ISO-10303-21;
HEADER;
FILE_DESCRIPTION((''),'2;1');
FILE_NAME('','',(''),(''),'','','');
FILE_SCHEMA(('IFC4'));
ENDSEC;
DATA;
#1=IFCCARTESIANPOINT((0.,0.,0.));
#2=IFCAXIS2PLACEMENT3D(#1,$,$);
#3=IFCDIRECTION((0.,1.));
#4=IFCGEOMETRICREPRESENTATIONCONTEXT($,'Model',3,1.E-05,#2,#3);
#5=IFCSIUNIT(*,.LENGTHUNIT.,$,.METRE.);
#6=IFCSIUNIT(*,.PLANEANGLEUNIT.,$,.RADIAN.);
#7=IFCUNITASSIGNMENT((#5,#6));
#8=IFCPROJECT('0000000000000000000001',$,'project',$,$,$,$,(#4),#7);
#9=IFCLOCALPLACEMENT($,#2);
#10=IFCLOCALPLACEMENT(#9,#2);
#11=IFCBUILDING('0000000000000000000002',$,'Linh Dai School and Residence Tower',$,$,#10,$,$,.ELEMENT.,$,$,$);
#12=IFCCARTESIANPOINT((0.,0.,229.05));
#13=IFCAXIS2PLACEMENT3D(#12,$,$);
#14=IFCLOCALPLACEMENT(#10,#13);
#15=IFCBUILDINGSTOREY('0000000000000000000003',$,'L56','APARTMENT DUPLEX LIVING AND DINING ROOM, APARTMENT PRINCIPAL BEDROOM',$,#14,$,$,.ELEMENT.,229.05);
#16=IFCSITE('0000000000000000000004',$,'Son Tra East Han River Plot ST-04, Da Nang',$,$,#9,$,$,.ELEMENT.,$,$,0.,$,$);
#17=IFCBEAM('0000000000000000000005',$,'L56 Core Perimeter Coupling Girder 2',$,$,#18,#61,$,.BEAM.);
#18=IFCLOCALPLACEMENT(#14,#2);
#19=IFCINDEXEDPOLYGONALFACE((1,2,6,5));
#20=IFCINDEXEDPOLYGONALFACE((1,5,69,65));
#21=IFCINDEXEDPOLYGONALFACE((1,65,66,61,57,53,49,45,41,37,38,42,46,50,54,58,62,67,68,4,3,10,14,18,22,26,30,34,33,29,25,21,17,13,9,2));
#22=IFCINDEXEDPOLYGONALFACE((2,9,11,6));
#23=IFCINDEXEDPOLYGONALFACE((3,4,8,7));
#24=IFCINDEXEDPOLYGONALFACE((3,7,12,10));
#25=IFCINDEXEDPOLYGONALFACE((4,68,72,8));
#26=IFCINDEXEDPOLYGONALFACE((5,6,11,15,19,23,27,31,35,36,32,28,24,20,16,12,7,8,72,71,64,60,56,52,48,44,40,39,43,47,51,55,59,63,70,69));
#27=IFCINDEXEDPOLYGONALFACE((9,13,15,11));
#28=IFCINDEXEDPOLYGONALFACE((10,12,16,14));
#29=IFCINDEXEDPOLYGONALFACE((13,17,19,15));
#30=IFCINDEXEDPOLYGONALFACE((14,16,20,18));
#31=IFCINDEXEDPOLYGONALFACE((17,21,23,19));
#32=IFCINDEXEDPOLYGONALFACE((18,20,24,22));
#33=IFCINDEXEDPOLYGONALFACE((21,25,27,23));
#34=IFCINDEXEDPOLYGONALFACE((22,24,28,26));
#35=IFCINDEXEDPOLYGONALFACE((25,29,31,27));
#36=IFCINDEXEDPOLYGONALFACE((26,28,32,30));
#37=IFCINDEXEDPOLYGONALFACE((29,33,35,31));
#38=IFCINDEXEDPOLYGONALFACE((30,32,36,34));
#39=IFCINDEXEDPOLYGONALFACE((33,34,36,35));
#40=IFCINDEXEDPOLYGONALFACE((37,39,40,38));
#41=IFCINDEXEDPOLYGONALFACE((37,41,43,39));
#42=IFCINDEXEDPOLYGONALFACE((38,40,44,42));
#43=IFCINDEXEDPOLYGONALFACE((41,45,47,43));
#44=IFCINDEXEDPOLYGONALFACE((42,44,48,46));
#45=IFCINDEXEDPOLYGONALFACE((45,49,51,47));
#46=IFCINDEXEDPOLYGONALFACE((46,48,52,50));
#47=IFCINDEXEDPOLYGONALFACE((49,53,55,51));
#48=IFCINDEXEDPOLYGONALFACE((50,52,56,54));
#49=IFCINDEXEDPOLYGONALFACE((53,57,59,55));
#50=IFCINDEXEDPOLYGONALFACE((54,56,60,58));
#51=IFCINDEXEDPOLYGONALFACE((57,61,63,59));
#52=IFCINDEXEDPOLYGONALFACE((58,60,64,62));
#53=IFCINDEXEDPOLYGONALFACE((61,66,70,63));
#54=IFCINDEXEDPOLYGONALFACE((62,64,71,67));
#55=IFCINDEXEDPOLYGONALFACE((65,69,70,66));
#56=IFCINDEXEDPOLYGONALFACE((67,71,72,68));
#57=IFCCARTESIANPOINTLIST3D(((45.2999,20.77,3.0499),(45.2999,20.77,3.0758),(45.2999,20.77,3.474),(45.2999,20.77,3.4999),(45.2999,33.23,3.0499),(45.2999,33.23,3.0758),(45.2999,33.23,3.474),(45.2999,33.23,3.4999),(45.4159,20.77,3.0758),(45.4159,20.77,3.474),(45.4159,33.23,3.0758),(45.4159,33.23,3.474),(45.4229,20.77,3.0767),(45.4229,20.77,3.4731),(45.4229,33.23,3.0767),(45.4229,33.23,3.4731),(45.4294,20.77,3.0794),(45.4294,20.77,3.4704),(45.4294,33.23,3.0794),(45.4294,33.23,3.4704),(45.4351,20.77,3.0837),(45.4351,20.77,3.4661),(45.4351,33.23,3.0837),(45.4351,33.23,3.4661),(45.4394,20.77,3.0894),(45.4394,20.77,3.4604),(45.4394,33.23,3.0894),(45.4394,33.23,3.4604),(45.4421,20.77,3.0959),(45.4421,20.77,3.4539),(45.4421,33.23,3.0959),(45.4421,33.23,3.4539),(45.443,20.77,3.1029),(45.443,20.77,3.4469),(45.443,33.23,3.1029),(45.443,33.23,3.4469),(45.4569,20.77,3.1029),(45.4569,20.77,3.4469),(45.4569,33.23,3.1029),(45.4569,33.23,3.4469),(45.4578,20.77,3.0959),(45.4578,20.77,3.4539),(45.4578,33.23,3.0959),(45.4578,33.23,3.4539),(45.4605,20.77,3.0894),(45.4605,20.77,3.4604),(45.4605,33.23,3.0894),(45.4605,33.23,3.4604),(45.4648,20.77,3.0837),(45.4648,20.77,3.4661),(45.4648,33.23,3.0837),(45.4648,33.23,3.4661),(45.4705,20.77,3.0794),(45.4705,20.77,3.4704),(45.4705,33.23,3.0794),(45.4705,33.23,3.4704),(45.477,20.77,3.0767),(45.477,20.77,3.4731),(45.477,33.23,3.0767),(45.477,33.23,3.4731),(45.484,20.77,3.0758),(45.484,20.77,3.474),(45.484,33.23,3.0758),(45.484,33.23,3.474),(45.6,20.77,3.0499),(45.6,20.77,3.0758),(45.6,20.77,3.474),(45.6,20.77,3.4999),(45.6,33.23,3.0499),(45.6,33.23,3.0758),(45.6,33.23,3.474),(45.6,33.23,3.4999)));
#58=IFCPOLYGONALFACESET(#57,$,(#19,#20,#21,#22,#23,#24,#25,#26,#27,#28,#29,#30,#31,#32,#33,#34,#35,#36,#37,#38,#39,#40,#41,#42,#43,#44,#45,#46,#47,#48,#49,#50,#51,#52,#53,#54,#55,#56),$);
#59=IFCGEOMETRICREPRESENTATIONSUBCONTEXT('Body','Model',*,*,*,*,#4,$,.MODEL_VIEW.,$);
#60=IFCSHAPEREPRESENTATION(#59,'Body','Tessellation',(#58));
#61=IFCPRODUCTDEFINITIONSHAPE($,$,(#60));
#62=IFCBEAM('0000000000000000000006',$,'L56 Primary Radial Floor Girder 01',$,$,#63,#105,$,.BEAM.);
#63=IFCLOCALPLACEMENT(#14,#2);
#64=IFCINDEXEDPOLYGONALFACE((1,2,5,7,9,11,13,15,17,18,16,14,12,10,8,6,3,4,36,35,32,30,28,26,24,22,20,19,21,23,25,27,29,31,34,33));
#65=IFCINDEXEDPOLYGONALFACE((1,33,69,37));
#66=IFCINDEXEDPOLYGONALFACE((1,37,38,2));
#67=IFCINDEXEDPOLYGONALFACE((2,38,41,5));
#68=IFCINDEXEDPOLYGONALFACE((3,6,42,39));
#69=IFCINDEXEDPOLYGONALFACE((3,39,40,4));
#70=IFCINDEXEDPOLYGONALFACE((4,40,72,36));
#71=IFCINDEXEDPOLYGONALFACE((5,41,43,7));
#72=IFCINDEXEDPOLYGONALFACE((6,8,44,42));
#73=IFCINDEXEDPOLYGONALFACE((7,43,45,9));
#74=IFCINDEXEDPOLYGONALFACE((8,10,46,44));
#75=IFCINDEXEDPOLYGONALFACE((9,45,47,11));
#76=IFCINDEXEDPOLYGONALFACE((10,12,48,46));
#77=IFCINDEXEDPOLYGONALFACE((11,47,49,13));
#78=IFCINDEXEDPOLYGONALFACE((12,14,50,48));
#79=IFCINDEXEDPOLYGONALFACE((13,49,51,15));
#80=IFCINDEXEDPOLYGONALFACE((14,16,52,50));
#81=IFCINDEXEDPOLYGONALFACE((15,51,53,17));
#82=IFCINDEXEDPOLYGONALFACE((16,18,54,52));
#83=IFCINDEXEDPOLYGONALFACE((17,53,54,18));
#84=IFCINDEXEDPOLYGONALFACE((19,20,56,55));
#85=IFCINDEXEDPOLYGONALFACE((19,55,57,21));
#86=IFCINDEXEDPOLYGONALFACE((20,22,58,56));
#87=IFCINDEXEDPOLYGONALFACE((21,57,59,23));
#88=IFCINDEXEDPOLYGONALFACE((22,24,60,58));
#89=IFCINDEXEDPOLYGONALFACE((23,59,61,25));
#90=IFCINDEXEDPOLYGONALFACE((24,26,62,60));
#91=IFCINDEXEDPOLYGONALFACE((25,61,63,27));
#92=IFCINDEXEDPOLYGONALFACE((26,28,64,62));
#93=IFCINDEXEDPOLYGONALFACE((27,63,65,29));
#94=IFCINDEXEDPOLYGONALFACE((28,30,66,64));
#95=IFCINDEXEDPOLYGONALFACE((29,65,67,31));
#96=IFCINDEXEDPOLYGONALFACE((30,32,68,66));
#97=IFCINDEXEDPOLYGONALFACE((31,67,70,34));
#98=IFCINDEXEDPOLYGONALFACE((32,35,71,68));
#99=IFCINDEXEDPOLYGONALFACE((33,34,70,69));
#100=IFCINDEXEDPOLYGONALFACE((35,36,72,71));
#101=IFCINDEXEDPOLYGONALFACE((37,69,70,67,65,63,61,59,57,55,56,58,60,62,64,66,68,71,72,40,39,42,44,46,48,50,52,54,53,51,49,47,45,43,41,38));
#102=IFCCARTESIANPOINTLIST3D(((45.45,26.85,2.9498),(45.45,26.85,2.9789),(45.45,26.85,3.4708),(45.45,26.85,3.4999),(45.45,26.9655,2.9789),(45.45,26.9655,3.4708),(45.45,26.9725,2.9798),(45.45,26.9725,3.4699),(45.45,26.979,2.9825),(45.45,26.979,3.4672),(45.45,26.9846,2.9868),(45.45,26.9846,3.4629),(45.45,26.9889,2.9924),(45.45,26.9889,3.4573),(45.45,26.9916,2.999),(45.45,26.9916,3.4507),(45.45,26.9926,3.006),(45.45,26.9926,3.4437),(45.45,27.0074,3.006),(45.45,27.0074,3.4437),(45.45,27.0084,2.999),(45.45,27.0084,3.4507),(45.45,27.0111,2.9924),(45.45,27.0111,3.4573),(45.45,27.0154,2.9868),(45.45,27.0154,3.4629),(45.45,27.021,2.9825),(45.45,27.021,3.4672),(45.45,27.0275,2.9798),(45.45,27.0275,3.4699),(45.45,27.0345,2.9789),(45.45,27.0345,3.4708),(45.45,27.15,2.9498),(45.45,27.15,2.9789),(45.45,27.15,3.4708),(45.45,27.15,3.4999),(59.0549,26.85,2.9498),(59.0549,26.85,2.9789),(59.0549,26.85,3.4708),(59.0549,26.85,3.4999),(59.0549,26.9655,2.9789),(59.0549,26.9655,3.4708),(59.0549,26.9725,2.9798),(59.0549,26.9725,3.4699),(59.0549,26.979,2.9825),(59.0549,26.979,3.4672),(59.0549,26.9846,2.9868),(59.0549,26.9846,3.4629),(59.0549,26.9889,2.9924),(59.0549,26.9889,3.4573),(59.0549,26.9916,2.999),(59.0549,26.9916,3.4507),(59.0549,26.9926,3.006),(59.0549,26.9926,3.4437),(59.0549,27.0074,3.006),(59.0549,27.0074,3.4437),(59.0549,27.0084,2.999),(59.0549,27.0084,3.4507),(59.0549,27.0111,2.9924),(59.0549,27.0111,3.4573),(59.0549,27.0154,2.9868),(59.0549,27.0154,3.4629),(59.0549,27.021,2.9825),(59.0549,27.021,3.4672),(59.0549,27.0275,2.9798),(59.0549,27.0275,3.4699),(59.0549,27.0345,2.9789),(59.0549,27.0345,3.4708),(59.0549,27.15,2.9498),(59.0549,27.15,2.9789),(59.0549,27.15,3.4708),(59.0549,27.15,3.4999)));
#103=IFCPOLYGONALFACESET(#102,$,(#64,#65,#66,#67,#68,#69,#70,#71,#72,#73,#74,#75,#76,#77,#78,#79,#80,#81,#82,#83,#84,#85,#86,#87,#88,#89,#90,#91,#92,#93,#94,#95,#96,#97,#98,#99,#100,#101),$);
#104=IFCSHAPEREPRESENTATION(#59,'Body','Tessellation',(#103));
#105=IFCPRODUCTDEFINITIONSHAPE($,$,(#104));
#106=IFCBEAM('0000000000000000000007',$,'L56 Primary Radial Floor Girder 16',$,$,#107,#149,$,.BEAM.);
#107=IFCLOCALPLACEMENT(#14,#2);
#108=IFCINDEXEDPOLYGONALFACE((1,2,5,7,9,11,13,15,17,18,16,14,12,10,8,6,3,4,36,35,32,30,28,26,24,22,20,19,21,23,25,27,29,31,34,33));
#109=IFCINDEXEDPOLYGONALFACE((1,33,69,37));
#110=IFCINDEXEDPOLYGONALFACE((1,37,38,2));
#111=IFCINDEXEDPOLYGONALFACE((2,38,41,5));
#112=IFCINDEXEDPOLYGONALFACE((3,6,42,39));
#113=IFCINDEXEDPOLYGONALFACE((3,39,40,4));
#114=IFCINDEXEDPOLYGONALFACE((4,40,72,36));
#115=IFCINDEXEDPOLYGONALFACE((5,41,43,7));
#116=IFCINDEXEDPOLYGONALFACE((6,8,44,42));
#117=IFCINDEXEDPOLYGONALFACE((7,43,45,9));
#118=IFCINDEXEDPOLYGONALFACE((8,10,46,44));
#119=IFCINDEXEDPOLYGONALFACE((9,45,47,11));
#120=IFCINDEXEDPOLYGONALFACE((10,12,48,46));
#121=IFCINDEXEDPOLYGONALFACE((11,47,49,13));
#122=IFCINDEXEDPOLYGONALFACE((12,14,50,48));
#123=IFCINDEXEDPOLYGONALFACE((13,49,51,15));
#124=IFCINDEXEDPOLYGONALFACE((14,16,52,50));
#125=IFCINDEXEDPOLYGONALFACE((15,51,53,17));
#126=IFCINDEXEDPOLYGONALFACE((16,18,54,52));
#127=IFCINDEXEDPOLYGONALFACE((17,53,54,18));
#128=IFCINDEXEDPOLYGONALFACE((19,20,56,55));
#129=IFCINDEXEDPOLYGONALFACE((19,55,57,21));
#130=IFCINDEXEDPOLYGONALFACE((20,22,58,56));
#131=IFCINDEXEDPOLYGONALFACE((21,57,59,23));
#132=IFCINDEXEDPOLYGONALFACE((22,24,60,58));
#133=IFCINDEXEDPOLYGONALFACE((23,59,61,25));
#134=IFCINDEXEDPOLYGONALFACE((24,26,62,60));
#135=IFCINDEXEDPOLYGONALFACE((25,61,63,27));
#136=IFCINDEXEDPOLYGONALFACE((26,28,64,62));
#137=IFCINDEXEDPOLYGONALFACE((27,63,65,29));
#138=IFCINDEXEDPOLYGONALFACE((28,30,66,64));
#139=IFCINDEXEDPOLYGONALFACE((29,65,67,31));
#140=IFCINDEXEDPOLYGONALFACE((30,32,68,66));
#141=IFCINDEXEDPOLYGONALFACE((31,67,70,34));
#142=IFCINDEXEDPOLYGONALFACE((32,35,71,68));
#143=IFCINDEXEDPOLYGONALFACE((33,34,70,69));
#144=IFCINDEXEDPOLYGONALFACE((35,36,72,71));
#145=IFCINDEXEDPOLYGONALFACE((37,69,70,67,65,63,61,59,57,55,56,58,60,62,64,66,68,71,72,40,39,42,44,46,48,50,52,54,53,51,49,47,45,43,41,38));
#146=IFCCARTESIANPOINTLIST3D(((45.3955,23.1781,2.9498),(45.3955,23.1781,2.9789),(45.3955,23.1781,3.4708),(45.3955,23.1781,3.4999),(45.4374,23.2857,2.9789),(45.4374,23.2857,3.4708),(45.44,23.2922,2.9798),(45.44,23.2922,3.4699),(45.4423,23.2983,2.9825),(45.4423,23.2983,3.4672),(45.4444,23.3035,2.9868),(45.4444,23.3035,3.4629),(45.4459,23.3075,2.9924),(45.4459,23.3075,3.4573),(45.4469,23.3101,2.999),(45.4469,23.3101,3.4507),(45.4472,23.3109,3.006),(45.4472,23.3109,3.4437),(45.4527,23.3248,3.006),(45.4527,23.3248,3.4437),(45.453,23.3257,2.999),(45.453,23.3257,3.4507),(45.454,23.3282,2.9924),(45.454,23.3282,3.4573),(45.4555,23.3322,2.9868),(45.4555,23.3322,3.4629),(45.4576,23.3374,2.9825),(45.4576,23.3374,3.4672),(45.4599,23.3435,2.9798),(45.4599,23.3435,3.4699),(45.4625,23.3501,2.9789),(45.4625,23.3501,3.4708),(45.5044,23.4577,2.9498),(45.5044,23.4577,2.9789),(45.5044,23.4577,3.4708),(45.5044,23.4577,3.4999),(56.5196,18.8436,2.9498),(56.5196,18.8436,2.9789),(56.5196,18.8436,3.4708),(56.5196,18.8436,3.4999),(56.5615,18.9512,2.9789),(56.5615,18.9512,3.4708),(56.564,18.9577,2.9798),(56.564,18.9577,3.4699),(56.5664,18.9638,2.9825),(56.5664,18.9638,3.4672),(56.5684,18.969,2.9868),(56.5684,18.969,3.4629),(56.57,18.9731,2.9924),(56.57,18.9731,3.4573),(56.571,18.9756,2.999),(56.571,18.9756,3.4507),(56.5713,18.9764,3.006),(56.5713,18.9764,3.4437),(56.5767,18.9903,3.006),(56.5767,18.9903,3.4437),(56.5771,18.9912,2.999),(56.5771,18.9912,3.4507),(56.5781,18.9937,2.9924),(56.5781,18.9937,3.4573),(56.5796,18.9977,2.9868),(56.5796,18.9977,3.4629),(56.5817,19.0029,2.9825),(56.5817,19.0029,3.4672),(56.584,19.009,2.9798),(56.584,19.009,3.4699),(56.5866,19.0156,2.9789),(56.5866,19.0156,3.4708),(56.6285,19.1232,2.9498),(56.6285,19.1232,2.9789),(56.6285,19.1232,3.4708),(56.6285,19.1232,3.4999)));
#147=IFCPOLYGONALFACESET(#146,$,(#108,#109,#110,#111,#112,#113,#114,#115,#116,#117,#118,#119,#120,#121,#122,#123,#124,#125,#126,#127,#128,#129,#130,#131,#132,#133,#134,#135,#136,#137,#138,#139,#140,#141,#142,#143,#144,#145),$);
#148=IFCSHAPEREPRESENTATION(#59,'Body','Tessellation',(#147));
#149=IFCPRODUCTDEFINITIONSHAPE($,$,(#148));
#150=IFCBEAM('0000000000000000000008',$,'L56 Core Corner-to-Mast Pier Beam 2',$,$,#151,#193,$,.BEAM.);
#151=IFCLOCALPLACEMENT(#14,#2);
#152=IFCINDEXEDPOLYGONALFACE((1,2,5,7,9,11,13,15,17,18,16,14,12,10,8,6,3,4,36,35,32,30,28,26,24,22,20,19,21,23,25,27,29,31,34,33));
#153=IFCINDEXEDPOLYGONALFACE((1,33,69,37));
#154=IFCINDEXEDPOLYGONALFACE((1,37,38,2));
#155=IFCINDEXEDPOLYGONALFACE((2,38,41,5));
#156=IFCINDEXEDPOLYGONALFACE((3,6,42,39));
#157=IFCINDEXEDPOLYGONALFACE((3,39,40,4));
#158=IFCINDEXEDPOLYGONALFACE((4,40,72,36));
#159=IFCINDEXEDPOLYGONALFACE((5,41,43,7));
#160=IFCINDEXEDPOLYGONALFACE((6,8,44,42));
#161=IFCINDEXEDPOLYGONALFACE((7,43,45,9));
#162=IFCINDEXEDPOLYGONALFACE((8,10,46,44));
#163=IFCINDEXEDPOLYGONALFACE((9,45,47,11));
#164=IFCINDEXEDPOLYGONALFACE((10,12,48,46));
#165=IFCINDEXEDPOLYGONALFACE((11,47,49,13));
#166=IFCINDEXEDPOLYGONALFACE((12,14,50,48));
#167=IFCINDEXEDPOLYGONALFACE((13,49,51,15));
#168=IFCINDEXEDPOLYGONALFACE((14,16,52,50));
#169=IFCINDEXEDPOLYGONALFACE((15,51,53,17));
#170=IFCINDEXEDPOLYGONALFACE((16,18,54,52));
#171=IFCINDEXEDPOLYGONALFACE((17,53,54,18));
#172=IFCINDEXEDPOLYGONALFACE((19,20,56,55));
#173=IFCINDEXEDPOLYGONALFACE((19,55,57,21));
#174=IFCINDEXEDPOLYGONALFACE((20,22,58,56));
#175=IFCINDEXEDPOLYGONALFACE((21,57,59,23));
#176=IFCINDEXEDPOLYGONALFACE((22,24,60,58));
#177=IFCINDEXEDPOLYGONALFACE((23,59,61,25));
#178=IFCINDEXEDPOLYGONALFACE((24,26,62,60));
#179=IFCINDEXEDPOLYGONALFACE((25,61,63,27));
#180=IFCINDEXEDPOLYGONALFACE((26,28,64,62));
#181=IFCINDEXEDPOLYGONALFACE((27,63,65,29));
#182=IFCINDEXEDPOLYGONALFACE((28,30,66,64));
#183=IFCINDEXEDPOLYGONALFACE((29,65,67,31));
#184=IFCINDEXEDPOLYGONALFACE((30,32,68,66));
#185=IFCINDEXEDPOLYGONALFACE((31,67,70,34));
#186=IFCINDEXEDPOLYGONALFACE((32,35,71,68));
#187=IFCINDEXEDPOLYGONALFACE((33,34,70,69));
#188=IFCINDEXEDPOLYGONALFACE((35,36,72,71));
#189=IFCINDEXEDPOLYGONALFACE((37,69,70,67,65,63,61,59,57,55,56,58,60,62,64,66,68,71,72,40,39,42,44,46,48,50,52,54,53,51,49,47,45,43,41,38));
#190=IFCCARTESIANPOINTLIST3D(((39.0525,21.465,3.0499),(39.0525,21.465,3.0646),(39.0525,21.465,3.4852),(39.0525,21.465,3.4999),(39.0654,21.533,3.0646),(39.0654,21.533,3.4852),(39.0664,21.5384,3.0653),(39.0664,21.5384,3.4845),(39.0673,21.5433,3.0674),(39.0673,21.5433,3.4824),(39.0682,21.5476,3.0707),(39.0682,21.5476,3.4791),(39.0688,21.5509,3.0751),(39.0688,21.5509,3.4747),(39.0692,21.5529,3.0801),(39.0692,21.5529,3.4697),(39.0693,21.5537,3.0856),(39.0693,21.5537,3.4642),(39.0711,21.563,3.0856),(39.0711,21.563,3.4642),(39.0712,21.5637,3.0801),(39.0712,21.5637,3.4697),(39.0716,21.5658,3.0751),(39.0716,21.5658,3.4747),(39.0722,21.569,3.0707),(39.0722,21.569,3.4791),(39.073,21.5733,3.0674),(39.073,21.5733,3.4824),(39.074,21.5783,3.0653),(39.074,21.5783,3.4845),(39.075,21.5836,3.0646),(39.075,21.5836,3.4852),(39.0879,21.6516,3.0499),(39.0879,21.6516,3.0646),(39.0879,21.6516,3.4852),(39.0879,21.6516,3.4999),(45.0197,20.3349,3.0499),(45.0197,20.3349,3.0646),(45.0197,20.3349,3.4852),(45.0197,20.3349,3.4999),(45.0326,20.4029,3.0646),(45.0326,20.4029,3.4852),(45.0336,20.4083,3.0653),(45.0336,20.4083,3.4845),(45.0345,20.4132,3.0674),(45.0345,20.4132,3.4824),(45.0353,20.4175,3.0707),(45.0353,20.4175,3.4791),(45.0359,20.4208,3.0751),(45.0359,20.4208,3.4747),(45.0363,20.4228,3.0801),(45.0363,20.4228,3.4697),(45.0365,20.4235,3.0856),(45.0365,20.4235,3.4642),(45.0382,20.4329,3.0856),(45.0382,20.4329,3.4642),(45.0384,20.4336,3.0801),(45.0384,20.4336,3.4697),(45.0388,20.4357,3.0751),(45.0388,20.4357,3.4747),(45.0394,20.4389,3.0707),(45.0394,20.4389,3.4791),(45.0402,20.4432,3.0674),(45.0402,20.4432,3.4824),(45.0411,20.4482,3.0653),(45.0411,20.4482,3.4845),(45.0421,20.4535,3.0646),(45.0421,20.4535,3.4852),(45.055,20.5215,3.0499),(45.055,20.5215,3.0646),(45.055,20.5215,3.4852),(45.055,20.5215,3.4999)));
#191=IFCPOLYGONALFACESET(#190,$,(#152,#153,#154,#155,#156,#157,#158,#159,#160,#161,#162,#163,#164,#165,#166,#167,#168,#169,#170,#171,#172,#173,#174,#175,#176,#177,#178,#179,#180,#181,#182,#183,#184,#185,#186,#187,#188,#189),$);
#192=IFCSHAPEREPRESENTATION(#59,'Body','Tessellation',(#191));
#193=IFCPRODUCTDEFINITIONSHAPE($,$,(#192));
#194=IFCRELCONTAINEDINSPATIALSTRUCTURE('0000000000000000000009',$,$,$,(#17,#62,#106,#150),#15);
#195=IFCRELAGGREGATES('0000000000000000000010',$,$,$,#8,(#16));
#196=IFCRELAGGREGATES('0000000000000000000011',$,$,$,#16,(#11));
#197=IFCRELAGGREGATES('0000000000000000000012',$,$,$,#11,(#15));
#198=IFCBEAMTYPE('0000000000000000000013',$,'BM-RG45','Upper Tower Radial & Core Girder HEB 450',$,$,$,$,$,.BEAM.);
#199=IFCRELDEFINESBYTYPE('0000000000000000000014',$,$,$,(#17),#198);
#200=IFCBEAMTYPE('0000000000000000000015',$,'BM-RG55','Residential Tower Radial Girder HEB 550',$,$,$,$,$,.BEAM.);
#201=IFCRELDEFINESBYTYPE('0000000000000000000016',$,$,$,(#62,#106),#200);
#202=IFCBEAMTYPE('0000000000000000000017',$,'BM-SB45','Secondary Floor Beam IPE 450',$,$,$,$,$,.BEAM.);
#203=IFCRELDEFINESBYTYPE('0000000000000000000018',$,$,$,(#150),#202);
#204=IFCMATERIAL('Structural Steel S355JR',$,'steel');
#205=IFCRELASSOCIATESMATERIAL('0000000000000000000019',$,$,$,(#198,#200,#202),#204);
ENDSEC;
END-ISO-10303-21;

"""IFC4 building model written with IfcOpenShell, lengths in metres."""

from ifc_helpers import new_model, si_unit, direction, frame, origin, origin_2d, place, context, subcontext, project, spatial, i_section, extrude, material, material_profile, profile_set, type_object, element, save


model = new_model("IFC4")

# Units and contexts
model_context = context("Model", 3, precision=1e-05, world=origin(), true_north=direction((0.0, 1.0)))
body_context = subcontext(model_context, "Body", "Model", "MODEL_VIEW")
ifc_project = project(units=[si_unit("LENGTHUNIT", "METRE"), si_unit("PLANEANGLEUNIT", "RADIAN")], contexts=[model_context])

# Site, building, storey
site_placement = place(None, origin())
site = spatial("IfcSite", under=ifc_project, at=site_placement, Name="Son Tra East Han River Plot ST-04, Da Nang", CompositionType="ELEMENT", RefElevation=0.0)
building_placement = place(site_placement, origin())
building = spatial("IfcBuilding", under=site, at=building_placement, Name="Linh Dai School and Residence Tower", CompositionType="ELEMENT")
storey_placement = place(building_placement, frame((0.0, 0.0, 229.05)))
storey = spatial("IfcBuildingStorey", under=building, at=storey_placement, Name="L56", Description="APARTMENT DUPLEX LIVING AND DINING ROOM, APARTMENT PRINCIPAL BEDROOM", CompositionType="ELEMENT", Elevation=229.05)

# Shared definitions
ifc_material_1 = material(Name="Structural Steel S355JR", Category="steel")

# Beams
ifc_material_profile_1 = material_profile(ifc_material_1, i_section(OverallWidth=0.3, OverallDepth=0.45, WebThickness=0.0139, FlangeThickness=0.0259, FilletRadius=0.0271, at=origin_2d()), Name="HEB 450")
ifc_profile_set_1 = profile_set([ifc_material_profile_1], Name="Structural Steel S355JR")
beam_type_1 = type_object("IfcBeamType", Name="BM-RG45", Description="Upper Tower Radial & Core Girder HEB 450", PredefinedType="BEAM", material=ifc_profile_set_1)
beam_1_placement = place(storey_placement, frame((45.45, 20.77, 3.2749), z_axis=(0.0, 1.0, 0.0), x_axis=(-1.0, 0.0, 0.0)))
element("IfcBeam", 1, at=beam_1_placement, inside=storey, type_object=beam_type_1, Name="L56 Core Perimeter Coupling Girder 2", PredefinedType="BEAM", context=body_context, shape_type="SweptSolid", body=[
    extrude(i_section(OverallWidth=0.3, OverallDepth=0.45, WebThickness=0.0139, FlangeThickness=0.0259, FilletRadius=0.0271, at=origin_2d()), origin(), (0.0, 0.0, 1.0), 12.46),
])
ifc_material_profile_2 = material_profile(ifc_material_1, i_section(OverallWidth=0.3, OverallDepth=0.55, WebThickness=0.0149, FlangeThickness=0.0291, FilletRadius=0.0271, at=origin_2d()), Name="HEB 550")
ifc_profile_set_2 = profile_set([ifc_material_profile_2], Name="Structural Steel S355JR")
beam_type_2 = type_object("IfcBeamType", Name="BM-RG55", Description="Residential Tower Radial Girder HEB 550", PredefinedType="BEAM", material=ifc_profile_set_2)
beam_2_placement = place(storey_placement, frame((45.45, 27.0, 3.2249), z_axis=(1.0, 0.0, 0.0), x_axis=(0.0, 1.0, 0.0)))
element("IfcBeam", 2, at=beam_2_placement, inside=storey, type_object=beam_type_2, Name="L56 Primary Radial Floor Girder 01", PredefinedType="BEAM", context=body_context, shape_type="SweptSolid", body=[
    extrude(i_section(OverallWidth=0.3, OverallDepth=0.55, WebThickness=0.0149, FlangeThickness=0.0291, FilletRadius=0.0271, at=origin_2d()), origin(), (0.0, 0.0, 1.0), 13.605),
])
beam_3_placement = place(storey_placement, frame((45.45, 23.3179, 3.2249), z_axis=(0.931765, -0.363062, 0.0), x_axis=(0.363062, 0.931765, 0.0)))
element("IfcBeam", 3, at=beam_3_placement, inside=storey, type_object=beam_type_2, Name="L56 Primary Radial Floor Girder 16", PredefinedType="BEAM", context=body_context, shape_type="SweptSolid", body=[
    extrude(i_section(OverallWidth=0.3, OverallDepth=0.55, WebThickness=0.0149, FlangeThickness=0.0291, FilletRadius=0.0271, at=origin_2d()), origin(), (0.0, 0.0, 1.0), 11.9387),
])
ifc_material_profile_3 = material_profile(ifc_material_1, i_section(OverallWidth=0.1899, OverallDepth=0.45, WebThickness=0.0095, FlangeThickness=0.0146, FilletRadius=0.021, at=origin_2d()), Name="IPE 450")
ifc_profile_set_3 = profile_set([ifc_material_profile_3], Name="Structural Steel S355JR")
beam_type_3 = type_object("IfcBeamType", Name="BM-SB45", Description="Secondary Floor Beam IPE 450", PredefinedType="BEAM", material=ifc_profile_set_3)
beam_4_placement = place(storey_placement, frame((45.0374, 20.4282, 3.2749), z_axis=(-0.982535, 0.186079, 0.0), x_axis=(-0.186079, -0.982535, 0.0)))
element("IfcBeam", 4, at=beam_4_placement, inside=storey, type_object=beam_type_3, Name="L56 Core Corner-to-Mast Pier Beam 2", PredefinedType="BEAM", context=body_context, shape_type="SweptSolid", body=[
    extrude(i_section(OverallWidth=0.1899, OverallDepth=0.45, WebThickness=0.0095, FlangeThickness=0.0146, FilletRadius=0.021, at=origin_2d()), origin(), (0.0, 0.0, 1.0), 6.0732),
])

save(model, "model.ifc")
